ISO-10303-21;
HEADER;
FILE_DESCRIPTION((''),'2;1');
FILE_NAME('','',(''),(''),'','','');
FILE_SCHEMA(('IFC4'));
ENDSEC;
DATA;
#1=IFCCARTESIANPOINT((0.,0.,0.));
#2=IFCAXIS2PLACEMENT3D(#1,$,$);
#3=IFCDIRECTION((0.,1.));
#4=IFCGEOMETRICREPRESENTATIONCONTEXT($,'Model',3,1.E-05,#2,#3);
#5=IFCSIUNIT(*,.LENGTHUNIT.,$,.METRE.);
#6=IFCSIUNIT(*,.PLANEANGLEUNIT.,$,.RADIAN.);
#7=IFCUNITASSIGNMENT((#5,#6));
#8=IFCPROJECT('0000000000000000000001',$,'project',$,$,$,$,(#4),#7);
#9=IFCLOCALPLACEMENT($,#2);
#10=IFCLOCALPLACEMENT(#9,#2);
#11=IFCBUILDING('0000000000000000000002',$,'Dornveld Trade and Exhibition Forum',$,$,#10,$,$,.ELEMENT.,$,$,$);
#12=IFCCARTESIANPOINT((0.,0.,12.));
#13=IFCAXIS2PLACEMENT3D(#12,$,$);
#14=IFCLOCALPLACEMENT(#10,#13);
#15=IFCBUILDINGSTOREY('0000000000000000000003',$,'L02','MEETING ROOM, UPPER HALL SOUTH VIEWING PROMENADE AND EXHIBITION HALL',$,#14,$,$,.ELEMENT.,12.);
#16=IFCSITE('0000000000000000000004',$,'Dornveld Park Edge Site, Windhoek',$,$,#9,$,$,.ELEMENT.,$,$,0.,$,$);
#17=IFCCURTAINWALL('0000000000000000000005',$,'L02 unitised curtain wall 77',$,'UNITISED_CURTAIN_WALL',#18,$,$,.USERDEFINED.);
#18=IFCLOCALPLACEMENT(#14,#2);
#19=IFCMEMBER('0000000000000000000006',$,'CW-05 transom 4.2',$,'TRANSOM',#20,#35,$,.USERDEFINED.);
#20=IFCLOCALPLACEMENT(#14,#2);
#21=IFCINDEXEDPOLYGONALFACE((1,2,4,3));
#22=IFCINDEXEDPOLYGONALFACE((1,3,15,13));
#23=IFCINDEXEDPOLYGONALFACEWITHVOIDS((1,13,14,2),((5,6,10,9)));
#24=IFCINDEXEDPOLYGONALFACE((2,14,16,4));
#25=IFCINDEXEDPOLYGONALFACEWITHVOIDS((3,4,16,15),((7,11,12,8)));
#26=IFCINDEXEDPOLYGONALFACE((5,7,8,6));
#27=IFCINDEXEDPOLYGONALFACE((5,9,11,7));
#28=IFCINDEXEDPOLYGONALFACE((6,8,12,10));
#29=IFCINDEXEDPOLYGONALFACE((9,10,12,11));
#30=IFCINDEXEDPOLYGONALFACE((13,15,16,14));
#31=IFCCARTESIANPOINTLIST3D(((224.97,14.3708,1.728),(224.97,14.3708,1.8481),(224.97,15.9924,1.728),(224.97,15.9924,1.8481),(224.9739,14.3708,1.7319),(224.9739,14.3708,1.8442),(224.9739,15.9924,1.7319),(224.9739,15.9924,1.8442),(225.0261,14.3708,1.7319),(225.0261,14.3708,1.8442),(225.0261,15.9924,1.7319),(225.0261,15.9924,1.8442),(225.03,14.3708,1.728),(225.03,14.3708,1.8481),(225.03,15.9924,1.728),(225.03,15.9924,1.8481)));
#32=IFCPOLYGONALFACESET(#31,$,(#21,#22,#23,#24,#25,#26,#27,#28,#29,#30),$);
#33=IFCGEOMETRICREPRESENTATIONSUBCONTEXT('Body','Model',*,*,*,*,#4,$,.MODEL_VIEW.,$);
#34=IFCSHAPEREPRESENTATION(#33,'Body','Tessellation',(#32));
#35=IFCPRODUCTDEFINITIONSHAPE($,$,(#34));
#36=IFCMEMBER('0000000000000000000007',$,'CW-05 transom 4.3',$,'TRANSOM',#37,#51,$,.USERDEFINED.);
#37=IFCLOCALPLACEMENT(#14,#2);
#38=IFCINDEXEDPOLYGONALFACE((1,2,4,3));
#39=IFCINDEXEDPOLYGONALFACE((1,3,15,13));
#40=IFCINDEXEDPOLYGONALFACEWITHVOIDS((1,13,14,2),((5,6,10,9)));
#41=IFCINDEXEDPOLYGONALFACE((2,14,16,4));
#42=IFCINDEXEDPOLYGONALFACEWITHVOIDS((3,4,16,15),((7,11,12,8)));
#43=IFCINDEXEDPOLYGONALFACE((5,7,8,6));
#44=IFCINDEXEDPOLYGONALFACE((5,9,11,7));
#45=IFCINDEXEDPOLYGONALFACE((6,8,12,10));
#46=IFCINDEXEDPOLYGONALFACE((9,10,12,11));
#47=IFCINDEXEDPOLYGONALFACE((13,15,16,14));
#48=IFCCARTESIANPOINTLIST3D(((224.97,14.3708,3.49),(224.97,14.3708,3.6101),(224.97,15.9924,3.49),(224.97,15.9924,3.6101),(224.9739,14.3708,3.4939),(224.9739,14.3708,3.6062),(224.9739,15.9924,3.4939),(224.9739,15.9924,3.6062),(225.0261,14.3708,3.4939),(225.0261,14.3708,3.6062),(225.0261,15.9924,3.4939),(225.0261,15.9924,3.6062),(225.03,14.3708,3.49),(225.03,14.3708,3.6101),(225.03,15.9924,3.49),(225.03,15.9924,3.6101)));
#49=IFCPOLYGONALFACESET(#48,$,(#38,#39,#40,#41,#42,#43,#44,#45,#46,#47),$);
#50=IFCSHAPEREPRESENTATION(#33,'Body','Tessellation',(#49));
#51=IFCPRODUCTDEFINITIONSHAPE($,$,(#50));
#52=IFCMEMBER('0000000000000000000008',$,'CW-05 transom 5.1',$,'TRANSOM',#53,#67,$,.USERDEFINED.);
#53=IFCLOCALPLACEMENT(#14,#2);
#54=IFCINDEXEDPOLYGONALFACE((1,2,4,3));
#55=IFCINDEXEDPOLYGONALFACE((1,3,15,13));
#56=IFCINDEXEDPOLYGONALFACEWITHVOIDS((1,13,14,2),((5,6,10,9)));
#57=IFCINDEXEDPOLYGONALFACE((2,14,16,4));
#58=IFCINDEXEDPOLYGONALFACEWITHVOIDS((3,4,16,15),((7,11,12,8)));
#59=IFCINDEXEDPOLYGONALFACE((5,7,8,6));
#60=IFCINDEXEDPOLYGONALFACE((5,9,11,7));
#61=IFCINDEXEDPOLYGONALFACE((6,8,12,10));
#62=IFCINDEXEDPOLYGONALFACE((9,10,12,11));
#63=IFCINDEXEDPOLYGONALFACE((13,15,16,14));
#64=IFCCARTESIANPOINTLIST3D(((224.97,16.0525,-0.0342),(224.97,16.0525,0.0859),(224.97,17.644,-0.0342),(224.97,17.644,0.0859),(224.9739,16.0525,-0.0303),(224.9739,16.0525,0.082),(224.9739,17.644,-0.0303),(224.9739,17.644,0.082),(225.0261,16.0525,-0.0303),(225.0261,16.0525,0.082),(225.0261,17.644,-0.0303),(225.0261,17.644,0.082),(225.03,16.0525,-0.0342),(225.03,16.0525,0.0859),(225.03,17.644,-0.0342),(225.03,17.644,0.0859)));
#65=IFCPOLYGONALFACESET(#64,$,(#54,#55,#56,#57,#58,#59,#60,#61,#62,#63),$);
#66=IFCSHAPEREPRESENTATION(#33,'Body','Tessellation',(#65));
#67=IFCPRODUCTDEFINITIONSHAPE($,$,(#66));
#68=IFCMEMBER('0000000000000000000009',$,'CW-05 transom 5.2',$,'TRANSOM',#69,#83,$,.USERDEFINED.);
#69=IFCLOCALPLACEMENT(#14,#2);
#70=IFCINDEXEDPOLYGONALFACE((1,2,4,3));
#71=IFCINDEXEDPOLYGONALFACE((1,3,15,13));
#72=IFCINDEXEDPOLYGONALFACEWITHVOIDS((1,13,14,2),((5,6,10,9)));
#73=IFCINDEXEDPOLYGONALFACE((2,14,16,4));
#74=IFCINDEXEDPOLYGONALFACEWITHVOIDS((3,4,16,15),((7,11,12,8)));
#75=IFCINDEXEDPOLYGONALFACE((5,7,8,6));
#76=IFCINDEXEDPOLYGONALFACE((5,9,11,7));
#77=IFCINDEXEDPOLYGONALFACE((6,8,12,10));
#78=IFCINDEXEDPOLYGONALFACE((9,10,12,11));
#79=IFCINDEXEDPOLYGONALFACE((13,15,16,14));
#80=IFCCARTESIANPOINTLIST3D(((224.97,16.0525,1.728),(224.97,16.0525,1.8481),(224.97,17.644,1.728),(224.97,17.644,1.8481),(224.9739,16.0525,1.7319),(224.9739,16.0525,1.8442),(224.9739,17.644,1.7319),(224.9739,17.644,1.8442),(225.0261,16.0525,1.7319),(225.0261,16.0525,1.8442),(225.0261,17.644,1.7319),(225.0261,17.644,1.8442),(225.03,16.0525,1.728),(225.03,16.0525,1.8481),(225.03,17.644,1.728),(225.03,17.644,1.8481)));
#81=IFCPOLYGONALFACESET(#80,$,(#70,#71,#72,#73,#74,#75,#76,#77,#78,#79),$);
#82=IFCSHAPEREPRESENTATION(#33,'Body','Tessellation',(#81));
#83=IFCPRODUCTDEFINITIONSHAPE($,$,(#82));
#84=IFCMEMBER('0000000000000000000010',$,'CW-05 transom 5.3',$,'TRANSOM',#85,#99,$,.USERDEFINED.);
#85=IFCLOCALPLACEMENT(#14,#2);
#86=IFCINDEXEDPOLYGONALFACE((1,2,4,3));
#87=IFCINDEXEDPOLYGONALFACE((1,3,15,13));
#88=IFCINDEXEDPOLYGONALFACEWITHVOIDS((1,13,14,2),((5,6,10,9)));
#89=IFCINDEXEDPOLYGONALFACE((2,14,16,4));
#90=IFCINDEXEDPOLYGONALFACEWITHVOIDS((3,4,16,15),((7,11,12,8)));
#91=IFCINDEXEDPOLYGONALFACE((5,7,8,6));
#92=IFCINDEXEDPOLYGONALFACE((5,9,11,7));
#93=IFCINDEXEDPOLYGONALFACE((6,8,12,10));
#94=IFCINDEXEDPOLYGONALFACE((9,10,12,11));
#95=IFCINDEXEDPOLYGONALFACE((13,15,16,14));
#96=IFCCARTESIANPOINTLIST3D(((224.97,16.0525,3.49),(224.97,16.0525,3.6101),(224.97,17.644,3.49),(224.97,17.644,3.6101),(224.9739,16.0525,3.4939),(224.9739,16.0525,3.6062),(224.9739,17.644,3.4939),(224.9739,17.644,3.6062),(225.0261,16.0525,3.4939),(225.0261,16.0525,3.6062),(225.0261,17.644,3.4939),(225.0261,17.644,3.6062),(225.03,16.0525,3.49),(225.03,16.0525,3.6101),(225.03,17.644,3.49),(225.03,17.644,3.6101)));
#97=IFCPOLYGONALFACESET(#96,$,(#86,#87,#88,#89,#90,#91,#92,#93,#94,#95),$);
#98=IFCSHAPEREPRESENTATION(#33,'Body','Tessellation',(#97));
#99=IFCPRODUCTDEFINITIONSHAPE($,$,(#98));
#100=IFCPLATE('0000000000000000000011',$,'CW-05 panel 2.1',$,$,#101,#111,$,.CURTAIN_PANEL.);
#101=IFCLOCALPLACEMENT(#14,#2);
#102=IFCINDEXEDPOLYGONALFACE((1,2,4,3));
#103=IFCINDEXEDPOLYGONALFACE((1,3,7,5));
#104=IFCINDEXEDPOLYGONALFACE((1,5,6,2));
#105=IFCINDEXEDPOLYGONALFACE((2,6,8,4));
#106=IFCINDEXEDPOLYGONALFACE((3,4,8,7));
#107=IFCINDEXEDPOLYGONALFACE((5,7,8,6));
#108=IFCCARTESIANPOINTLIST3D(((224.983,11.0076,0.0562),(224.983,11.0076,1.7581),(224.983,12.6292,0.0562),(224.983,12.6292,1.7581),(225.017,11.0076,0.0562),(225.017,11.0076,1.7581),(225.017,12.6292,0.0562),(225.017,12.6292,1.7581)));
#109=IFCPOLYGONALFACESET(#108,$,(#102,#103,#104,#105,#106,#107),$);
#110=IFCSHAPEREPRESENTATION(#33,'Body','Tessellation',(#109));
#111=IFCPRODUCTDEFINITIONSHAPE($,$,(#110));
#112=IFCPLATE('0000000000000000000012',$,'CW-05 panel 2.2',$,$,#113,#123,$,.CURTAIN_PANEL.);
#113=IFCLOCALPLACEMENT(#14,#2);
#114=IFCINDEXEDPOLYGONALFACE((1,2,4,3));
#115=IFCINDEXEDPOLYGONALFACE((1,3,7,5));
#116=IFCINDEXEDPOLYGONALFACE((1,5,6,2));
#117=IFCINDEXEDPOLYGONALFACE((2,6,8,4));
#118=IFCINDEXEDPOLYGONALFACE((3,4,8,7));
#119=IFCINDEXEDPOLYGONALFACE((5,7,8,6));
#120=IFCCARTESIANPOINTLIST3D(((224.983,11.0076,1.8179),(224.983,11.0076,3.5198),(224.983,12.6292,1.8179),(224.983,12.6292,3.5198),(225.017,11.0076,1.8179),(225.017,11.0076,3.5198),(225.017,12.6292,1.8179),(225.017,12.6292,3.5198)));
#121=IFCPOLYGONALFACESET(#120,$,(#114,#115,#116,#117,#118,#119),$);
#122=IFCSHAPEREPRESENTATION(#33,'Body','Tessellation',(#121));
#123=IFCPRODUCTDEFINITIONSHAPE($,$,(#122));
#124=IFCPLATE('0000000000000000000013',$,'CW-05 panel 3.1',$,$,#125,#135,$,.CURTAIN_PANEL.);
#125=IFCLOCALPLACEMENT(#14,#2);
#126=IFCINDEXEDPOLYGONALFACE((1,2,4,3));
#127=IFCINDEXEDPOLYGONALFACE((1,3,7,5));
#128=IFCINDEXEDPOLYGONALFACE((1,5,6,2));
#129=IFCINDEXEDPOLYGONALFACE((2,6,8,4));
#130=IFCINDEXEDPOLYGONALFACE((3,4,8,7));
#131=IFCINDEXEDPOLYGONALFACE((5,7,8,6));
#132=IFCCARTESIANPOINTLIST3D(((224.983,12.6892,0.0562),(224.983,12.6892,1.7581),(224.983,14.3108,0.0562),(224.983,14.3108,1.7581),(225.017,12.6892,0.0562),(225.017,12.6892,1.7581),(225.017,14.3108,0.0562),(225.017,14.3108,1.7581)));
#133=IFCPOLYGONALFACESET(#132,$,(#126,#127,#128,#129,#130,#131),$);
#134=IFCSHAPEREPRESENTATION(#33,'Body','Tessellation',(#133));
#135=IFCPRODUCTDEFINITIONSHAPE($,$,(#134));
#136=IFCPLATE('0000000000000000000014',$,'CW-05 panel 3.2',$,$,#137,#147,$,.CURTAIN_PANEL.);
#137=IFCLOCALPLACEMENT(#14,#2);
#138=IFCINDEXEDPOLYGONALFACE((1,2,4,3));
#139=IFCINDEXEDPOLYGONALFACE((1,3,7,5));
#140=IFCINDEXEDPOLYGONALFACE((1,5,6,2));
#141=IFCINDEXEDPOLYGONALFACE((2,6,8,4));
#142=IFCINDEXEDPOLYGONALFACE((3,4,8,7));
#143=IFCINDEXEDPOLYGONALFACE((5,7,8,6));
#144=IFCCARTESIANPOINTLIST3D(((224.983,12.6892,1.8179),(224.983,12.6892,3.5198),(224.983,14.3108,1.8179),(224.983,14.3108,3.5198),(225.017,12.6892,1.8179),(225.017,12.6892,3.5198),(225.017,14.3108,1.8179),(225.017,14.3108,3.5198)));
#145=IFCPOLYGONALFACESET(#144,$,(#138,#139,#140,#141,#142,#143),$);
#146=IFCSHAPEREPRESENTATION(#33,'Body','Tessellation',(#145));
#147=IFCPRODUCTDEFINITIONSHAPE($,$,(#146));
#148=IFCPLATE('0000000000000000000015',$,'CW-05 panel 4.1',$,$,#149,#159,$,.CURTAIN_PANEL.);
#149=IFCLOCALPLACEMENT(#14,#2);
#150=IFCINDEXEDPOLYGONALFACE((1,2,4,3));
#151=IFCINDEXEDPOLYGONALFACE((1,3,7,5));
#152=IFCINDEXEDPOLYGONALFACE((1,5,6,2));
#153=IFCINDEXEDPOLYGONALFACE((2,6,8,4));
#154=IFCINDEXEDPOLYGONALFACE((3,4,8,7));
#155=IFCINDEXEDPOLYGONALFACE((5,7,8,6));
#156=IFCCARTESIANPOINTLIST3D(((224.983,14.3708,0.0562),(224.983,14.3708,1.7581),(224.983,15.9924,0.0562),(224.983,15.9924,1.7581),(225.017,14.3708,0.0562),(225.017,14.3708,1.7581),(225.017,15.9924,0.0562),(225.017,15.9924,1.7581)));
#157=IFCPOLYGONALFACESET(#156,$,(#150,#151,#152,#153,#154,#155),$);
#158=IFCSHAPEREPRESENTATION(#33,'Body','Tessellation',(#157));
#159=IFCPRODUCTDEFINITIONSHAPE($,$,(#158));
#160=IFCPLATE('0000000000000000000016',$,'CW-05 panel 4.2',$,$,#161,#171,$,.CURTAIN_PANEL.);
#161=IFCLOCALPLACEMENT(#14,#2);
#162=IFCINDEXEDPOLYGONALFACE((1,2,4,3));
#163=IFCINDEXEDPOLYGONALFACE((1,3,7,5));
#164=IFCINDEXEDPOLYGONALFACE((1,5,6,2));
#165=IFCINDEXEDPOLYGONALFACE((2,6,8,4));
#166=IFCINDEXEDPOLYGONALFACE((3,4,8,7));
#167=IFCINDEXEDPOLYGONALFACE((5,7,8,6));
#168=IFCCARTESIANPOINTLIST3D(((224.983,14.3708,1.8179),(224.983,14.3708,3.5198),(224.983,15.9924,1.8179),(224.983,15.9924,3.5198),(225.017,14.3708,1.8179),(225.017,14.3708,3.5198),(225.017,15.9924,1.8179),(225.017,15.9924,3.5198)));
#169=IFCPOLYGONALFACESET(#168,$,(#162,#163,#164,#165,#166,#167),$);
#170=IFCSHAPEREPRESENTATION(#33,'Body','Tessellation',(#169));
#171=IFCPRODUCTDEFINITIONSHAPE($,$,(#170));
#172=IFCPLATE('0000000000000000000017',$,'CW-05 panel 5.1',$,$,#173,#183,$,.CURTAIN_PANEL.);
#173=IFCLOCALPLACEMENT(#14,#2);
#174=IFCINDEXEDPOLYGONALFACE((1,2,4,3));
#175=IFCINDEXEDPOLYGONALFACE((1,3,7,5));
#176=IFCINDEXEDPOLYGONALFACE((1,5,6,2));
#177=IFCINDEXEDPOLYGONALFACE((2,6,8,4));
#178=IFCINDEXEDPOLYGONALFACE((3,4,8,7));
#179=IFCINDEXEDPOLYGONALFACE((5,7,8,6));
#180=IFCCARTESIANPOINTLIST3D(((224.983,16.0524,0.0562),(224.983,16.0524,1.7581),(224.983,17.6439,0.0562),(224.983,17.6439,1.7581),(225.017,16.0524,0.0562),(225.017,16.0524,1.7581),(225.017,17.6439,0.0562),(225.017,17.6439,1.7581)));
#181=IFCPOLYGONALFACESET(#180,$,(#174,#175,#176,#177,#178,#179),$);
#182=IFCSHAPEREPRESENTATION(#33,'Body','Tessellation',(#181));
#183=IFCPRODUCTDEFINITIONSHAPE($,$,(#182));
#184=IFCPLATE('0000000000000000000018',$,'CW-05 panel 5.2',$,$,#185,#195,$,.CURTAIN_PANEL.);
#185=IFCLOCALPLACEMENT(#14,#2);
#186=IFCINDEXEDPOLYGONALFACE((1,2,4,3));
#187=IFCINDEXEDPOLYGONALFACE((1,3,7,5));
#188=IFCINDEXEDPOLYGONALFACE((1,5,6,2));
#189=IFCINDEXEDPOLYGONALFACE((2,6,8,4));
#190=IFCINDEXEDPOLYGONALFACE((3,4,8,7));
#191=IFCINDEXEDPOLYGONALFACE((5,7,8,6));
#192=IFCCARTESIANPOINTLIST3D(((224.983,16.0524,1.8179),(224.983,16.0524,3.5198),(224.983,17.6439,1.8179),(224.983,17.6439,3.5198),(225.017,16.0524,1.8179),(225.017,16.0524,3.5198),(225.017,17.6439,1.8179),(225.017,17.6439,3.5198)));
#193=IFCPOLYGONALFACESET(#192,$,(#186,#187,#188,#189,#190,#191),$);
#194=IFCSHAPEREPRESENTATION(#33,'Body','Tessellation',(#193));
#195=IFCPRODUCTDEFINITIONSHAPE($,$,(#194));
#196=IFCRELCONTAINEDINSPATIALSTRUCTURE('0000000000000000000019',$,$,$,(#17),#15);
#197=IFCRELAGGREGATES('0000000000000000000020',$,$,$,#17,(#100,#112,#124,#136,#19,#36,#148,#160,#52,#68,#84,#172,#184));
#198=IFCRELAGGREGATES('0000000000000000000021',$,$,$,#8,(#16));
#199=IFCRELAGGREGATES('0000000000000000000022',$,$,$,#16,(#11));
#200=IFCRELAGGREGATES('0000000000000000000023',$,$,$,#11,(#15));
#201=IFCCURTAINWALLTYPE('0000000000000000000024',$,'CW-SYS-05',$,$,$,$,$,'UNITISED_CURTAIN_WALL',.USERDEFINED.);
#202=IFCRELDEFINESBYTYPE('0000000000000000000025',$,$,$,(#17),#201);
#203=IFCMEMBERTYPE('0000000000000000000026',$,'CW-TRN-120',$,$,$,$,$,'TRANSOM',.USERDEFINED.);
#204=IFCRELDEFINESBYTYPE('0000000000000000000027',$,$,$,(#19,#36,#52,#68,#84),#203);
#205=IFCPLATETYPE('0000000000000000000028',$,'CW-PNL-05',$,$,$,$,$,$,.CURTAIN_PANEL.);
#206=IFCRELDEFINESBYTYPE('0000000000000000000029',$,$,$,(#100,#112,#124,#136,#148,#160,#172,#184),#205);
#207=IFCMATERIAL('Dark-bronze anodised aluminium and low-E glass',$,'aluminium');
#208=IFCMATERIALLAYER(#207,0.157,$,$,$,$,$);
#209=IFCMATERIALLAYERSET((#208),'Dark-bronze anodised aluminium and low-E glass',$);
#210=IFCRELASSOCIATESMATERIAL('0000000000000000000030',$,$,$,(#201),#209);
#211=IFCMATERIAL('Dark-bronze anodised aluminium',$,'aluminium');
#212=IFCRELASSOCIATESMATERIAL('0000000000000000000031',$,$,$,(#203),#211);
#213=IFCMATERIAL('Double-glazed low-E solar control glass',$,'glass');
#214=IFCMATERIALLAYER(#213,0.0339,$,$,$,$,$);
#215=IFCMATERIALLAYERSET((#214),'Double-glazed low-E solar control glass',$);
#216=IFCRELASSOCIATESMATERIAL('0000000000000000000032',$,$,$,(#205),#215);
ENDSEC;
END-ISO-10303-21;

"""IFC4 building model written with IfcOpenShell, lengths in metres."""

from ifc_helpers import new_model, si_unit, direction, frame, origin, origin_2d, place, context, subcontext, project, spatial, rectangle, hollow_rectangle, extrude, material, layer, layer_set, material_profile, profile_set, type_object, element, aggregate, save


model = new_model("IFC4")

# Units and contexts
model_context = context("Model", 3, precision=1e-05, world=origin(), true_north=direction((0.0, 1.0)))
body_context = subcontext(model_context, "Body", "Model", "MODEL_VIEW")
ifc_project = project(units=[si_unit("LENGTHUNIT", "METRE"), si_unit("PLANEANGLEUNIT", "RADIAN")], contexts=[model_context])

# Site, building, storey
site_placement = place(None, origin())
site = spatial("IfcSite", under=ifc_project, at=site_placement, Name="Dornveld Park Edge Site, Windhoek", CompositionType="ELEMENT", RefElevation=0.0)
building_placement = place(site_placement, origin())
building = spatial("IfcBuilding", under=site, at=building_placement, Name="Dornveld Trade and Exhibition Forum", CompositionType="ELEMENT")
storey_placement = place(building_placement, frame((0.0, 0.0, 12.0)))
storey = spatial("IfcBuildingStorey", under=building, at=storey_placement, Name="L02", Description="MEETING ROOM, UPPER HALL SOUTH VIEWING PROMENADE AND EXHIBITION HALL", CompositionType="ELEMENT", Elevation=12.0)

# Curtain wall, members, plates
ifc_material_1 = material(Name="Dark-bronze anodised aluminium and low-E glass", Category="aluminium")
ifc_layer_1 = layer(ifc_material_1, 0.157)
ifc_layer_set_1 = layer_set([ifc_layer_1], Name="Dark-bronze anodised aluminium and low-E glass")
curtain_wall_type = type_object("IfcCurtainWallType", Name="CW-SYS-05", ElementType="UNITISED_CURTAIN_WALL", PredefinedType="USERDEFINED", material=ifc_layer_set_1)
curtain_wall_placement = place(storey_placement, origin())
curtain_wall = element("IfcCurtainWall", 1, at=curtain_wall_placement, inside=storey, type_object=curtain_wall_type, Name="L02 unitised curtain wall 77", ObjectType="UNITISED_CURTAIN_WALL", PredefinedType="USERDEFINED")
ifc_material_2 = material(Name="Dark-bronze anodised aluminium", Category="aluminium")
ifc_material_profile_1 = material_profile(ifc_material_2, hollow_rectangle(XDim=0.0601, YDim=0.1201, WallThickness=0.0039, at=origin_2d()), Name="RHS 120x60x4")
ifc_profile_set_1 = profile_set([ifc_material_profile_1], Name="Dark-bronze anodised aluminium")
member_type_1 = type_object("IfcMemberType", Name="CW-TRN-120", ElementType="TRANSOM", PredefinedType="USERDEFINED", material=ifc_profile_set_1)
member_1_placement = place(storey_placement, frame((225.0, 14.3708, 1.7881), z_axis=(0.0, 1.0, 0.0), x_axis=(-1.0, 0.0, 0.0)))
member_1 = element("IfcMember", 2, at=member_1_placement, type_object=member_type_1, Name="CW-05 transom 4.2", ObjectType="TRANSOM", PredefinedType="USERDEFINED", context=body_context, shape_type="SweptSolid", body=[
    extrude(hollow_rectangle(XDim=0.0601, YDim=0.1201, WallThickness=0.0039, at=origin_2d()), origin(), (0.0, 0.0, 1.0), 1.6216),
])
member_2_placement = place(storey_placement, frame((225.0, 14.3708, 3.55), z_axis=(0.0, 1.0, 0.0), x_axis=(-1.0, 0.0, 0.0)))
member_2 = element("IfcMember", 3, at=member_2_placement, type_object=member_type_1, Name="CW-05 transom 4.3", ObjectType="TRANSOM", PredefinedType="USERDEFINED", context=body_context, shape_type="SweptSolid", body=[
    extrude(hollow_rectangle(XDim=0.0601, YDim=0.1201, WallThickness=0.0039, at=origin_2d()), origin(), (0.0, 0.0, 1.0), 1.6216),
])
member_3_placement = place(storey_placement, frame((225.0, 16.0525, 0.0259), z_axis=(0.0, 1.0, 0.0), x_axis=(-1.0, 0.0, 0.0)))
member_3 = element("IfcMember", 4, at=member_3_placement, type_object=member_type_1, Name="CW-05 transom 5.1", ObjectType="TRANSOM", PredefinedType="USERDEFINED", context=body_context, shape_type="SweptSolid", body=[
    extrude(hollow_rectangle(XDim=0.0601, YDim=0.1201, WallThickness=0.0039, at=origin_2d()), origin(), (0.0, 0.0, 1.0), 1.5916),
])
member_4_placement = place(storey_placement, frame((225.0, 16.0525, 1.7881), z_axis=(0.0, 1.0, 0.0), x_axis=(-1.0, 0.0, 0.0)))
member_4 = element("IfcMember", 5, at=member_4_placement, type_object=member_type_1, Name="CW-05 transom 5.2", ObjectType="TRANSOM", PredefinedType="USERDEFINED", context=body_context, shape_type="SweptSolid", body=[
    extrude(hollow_rectangle(XDim=0.0601, YDim=0.1201, WallThickness=0.0039, at=origin_2d()), origin(), (0.0, 0.0, 1.0), 1.5916),
])
member_5_placement = place(storey_placement, frame((225.0, 16.0525, 3.55), z_axis=(0.0, 1.0, 0.0), x_axis=(-1.0, 0.0, 0.0)))
member_5 = element("IfcMember", 6, at=member_5_placement, type_object=member_type_1, Name="CW-05 transom 5.3", ObjectType="TRANSOM", PredefinedType="USERDEFINED", context=body_context, shape_type="SweptSolid", body=[
    extrude(hollow_rectangle(XDim=0.0601, YDim=0.1201, WallThickness=0.0039, at=origin_2d()), origin(), (0.0, 0.0, 1.0), 1.5916),
])
ifc_material_3 = material(Name="Double-glazed low-E solar control glass", Category="glass")
ifc_layer_2 = layer(ifc_material_3, 0.0339)
ifc_layer_set_2 = layer_set([ifc_layer_2], Name="Double-glazed low-E solar control glass")
plate_type = type_object("IfcPlateType", Name="CW-PNL-05", PredefinedType="CURTAIN_PANEL", material=ifc_layer_set_2)
plate_1_placement = place(storey_placement, frame((225.0, 11.8184, 0.0562), z_axis=(0.0, 0.0, 1.0), x_axis=(0.0, 1.0, 0.0)))
plate_1 = element("IfcPlate", 7, at=plate_1_placement, type_object=plate_type, Name="CW-05 panel 2.1", PredefinedType="CURTAIN_PANEL", context=body_context, shape_type="SweptSolid", body=[
    extrude(rectangle(XDim=1.6216, YDim=0.0339, at=origin_2d()), origin(), (0.0, 0.0, 1.0), 1.7019),
])
plate_2_placement = place(storey_placement, frame((225.0, 11.8184, 1.8179), z_axis=(0.0, 0.0, 1.0), x_axis=(0.0, 1.0, 0.0)))
plate_2 = element("IfcPlate", 8, at=plate_2_placement, type_object=plate_type, Name="CW-05 panel 2.2", PredefinedType="CURTAIN_PANEL", context=body_context, shape_type="SweptSolid", body=[
    extrude(rectangle(XDim=1.6216, YDim=0.0339, at=origin_2d()), origin(), (0.0, 0.0, 1.0), 1.7019),
])
plate_3_placement = place(storey_placement, frame((225.0, 13.5, 0.0562), z_axis=(0.0, 0.0, 1.0), x_axis=(0.0, 1.0, 0.0)))
plate_3 = element("IfcPlate", 9, at=plate_3_placement, type_object=plate_type, Name="CW-05 panel 3.1", PredefinedType="CURTAIN_PANEL", context=body_context, shape_type="SweptSolid", body=[
    extrude(rectangle(XDim=1.6216, YDim=0.0339, at=origin_2d()), origin(), (0.0, 0.0, 1.0), 1.7019),
])
plate_4_placement = place(storey_placement, frame((225.0, 13.5, 1.8179), z_axis=(0.0, 0.0, 1.0), x_axis=(0.0, 1.0, 0.0)))
plate_4 = element("IfcPlate", 10, at=plate_4_placement, type_object=plate_type, Name="CW-05 panel 3.2", PredefinedType="CURTAIN_PANEL", context=body_context, shape_type="SweptSolid", body=[
    extrude(rectangle(XDim=1.6216, YDim=0.0339, at=origin_2d()), origin(), (0.0, 0.0, 1.0), 1.7019),
])
plate_5_placement = place(storey_placement, frame((225.0, 15.1816, 0.0562), z_axis=(0.0, 0.0, 1.0), x_axis=(0.0, 1.0, 0.0)))
plate_5 = element("IfcPlate", 11, at=plate_5_placement, type_object=plate_type, Name="CW-05 panel 4.1", PredefinedType="CURTAIN_PANEL", context=body_context, shape_type="SweptSolid", body=[
    extrude(rectangle(XDim=1.6216, YDim=0.0339, at=origin_2d()), origin(), (0.0, 0.0, 1.0), 1.7019),
])
plate_6_placement = place(storey_placement, frame((225.0, 15.1816, 1.8179), z_axis=(0.0, 0.0, 1.0), x_axis=(0.0, 1.0, 0.0)))
plate_6 = element("IfcPlate", 12, at=plate_6_placement, type_object=plate_type, Name="CW-05 panel 4.2", PredefinedType="CURTAIN_PANEL", context=body_context, shape_type="SweptSolid", body=[
    extrude(rectangle(XDim=1.6216, YDim=0.0339, at=origin_2d()), origin(), (0.0, 0.0, 1.0), 1.7019),
])
plate_7_placement = place(storey_placement, frame((225.0, 16.8481, 0.0562), z_axis=(0.0, 0.0, 1.0), x_axis=(0.0, 1.0, 0.0)))
plate_7 = element("IfcPlate", 13, at=plate_7_placement, type_object=plate_type, Name="CW-05 panel 5.1", PredefinedType="CURTAIN_PANEL", context=body_context, shape_type="SweptSolid", body=[
    extrude(rectangle(XDim=1.5916, YDim=0.0339, at=origin_2d()), origin(), (0.0, 0.0, 1.0), 1.7019),
])
plate_8_placement = place(storey_placement, frame((225.0, 16.8481, 1.8179), z_axis=(0.0, 0.0, 1.0), x_axis=(0.0, 1.0, 0.0)))
plate_8 = element("IfcPlate", 14, at=plate_8_placement, type_object=plate_type, Name="CW-05 panel 5.2", PredefinedType="CURTAIN_PANEL", context=body_context, shape_type="SweptSolid", body=[
    extrude(rectangle(XDim=1.5916, YDim=0.0339, at=origin_2d()), origin(), (0.0, 0.0, 1.0), 1.7019),
])
aggregate(curtain_wall, [plate_1, plate_2, plate_3, plate_4, member_1, member_2, plate_5, plate_6, member_3, member_4, member_5, plate_7, plate_8])

save(model, "model.ifc")
